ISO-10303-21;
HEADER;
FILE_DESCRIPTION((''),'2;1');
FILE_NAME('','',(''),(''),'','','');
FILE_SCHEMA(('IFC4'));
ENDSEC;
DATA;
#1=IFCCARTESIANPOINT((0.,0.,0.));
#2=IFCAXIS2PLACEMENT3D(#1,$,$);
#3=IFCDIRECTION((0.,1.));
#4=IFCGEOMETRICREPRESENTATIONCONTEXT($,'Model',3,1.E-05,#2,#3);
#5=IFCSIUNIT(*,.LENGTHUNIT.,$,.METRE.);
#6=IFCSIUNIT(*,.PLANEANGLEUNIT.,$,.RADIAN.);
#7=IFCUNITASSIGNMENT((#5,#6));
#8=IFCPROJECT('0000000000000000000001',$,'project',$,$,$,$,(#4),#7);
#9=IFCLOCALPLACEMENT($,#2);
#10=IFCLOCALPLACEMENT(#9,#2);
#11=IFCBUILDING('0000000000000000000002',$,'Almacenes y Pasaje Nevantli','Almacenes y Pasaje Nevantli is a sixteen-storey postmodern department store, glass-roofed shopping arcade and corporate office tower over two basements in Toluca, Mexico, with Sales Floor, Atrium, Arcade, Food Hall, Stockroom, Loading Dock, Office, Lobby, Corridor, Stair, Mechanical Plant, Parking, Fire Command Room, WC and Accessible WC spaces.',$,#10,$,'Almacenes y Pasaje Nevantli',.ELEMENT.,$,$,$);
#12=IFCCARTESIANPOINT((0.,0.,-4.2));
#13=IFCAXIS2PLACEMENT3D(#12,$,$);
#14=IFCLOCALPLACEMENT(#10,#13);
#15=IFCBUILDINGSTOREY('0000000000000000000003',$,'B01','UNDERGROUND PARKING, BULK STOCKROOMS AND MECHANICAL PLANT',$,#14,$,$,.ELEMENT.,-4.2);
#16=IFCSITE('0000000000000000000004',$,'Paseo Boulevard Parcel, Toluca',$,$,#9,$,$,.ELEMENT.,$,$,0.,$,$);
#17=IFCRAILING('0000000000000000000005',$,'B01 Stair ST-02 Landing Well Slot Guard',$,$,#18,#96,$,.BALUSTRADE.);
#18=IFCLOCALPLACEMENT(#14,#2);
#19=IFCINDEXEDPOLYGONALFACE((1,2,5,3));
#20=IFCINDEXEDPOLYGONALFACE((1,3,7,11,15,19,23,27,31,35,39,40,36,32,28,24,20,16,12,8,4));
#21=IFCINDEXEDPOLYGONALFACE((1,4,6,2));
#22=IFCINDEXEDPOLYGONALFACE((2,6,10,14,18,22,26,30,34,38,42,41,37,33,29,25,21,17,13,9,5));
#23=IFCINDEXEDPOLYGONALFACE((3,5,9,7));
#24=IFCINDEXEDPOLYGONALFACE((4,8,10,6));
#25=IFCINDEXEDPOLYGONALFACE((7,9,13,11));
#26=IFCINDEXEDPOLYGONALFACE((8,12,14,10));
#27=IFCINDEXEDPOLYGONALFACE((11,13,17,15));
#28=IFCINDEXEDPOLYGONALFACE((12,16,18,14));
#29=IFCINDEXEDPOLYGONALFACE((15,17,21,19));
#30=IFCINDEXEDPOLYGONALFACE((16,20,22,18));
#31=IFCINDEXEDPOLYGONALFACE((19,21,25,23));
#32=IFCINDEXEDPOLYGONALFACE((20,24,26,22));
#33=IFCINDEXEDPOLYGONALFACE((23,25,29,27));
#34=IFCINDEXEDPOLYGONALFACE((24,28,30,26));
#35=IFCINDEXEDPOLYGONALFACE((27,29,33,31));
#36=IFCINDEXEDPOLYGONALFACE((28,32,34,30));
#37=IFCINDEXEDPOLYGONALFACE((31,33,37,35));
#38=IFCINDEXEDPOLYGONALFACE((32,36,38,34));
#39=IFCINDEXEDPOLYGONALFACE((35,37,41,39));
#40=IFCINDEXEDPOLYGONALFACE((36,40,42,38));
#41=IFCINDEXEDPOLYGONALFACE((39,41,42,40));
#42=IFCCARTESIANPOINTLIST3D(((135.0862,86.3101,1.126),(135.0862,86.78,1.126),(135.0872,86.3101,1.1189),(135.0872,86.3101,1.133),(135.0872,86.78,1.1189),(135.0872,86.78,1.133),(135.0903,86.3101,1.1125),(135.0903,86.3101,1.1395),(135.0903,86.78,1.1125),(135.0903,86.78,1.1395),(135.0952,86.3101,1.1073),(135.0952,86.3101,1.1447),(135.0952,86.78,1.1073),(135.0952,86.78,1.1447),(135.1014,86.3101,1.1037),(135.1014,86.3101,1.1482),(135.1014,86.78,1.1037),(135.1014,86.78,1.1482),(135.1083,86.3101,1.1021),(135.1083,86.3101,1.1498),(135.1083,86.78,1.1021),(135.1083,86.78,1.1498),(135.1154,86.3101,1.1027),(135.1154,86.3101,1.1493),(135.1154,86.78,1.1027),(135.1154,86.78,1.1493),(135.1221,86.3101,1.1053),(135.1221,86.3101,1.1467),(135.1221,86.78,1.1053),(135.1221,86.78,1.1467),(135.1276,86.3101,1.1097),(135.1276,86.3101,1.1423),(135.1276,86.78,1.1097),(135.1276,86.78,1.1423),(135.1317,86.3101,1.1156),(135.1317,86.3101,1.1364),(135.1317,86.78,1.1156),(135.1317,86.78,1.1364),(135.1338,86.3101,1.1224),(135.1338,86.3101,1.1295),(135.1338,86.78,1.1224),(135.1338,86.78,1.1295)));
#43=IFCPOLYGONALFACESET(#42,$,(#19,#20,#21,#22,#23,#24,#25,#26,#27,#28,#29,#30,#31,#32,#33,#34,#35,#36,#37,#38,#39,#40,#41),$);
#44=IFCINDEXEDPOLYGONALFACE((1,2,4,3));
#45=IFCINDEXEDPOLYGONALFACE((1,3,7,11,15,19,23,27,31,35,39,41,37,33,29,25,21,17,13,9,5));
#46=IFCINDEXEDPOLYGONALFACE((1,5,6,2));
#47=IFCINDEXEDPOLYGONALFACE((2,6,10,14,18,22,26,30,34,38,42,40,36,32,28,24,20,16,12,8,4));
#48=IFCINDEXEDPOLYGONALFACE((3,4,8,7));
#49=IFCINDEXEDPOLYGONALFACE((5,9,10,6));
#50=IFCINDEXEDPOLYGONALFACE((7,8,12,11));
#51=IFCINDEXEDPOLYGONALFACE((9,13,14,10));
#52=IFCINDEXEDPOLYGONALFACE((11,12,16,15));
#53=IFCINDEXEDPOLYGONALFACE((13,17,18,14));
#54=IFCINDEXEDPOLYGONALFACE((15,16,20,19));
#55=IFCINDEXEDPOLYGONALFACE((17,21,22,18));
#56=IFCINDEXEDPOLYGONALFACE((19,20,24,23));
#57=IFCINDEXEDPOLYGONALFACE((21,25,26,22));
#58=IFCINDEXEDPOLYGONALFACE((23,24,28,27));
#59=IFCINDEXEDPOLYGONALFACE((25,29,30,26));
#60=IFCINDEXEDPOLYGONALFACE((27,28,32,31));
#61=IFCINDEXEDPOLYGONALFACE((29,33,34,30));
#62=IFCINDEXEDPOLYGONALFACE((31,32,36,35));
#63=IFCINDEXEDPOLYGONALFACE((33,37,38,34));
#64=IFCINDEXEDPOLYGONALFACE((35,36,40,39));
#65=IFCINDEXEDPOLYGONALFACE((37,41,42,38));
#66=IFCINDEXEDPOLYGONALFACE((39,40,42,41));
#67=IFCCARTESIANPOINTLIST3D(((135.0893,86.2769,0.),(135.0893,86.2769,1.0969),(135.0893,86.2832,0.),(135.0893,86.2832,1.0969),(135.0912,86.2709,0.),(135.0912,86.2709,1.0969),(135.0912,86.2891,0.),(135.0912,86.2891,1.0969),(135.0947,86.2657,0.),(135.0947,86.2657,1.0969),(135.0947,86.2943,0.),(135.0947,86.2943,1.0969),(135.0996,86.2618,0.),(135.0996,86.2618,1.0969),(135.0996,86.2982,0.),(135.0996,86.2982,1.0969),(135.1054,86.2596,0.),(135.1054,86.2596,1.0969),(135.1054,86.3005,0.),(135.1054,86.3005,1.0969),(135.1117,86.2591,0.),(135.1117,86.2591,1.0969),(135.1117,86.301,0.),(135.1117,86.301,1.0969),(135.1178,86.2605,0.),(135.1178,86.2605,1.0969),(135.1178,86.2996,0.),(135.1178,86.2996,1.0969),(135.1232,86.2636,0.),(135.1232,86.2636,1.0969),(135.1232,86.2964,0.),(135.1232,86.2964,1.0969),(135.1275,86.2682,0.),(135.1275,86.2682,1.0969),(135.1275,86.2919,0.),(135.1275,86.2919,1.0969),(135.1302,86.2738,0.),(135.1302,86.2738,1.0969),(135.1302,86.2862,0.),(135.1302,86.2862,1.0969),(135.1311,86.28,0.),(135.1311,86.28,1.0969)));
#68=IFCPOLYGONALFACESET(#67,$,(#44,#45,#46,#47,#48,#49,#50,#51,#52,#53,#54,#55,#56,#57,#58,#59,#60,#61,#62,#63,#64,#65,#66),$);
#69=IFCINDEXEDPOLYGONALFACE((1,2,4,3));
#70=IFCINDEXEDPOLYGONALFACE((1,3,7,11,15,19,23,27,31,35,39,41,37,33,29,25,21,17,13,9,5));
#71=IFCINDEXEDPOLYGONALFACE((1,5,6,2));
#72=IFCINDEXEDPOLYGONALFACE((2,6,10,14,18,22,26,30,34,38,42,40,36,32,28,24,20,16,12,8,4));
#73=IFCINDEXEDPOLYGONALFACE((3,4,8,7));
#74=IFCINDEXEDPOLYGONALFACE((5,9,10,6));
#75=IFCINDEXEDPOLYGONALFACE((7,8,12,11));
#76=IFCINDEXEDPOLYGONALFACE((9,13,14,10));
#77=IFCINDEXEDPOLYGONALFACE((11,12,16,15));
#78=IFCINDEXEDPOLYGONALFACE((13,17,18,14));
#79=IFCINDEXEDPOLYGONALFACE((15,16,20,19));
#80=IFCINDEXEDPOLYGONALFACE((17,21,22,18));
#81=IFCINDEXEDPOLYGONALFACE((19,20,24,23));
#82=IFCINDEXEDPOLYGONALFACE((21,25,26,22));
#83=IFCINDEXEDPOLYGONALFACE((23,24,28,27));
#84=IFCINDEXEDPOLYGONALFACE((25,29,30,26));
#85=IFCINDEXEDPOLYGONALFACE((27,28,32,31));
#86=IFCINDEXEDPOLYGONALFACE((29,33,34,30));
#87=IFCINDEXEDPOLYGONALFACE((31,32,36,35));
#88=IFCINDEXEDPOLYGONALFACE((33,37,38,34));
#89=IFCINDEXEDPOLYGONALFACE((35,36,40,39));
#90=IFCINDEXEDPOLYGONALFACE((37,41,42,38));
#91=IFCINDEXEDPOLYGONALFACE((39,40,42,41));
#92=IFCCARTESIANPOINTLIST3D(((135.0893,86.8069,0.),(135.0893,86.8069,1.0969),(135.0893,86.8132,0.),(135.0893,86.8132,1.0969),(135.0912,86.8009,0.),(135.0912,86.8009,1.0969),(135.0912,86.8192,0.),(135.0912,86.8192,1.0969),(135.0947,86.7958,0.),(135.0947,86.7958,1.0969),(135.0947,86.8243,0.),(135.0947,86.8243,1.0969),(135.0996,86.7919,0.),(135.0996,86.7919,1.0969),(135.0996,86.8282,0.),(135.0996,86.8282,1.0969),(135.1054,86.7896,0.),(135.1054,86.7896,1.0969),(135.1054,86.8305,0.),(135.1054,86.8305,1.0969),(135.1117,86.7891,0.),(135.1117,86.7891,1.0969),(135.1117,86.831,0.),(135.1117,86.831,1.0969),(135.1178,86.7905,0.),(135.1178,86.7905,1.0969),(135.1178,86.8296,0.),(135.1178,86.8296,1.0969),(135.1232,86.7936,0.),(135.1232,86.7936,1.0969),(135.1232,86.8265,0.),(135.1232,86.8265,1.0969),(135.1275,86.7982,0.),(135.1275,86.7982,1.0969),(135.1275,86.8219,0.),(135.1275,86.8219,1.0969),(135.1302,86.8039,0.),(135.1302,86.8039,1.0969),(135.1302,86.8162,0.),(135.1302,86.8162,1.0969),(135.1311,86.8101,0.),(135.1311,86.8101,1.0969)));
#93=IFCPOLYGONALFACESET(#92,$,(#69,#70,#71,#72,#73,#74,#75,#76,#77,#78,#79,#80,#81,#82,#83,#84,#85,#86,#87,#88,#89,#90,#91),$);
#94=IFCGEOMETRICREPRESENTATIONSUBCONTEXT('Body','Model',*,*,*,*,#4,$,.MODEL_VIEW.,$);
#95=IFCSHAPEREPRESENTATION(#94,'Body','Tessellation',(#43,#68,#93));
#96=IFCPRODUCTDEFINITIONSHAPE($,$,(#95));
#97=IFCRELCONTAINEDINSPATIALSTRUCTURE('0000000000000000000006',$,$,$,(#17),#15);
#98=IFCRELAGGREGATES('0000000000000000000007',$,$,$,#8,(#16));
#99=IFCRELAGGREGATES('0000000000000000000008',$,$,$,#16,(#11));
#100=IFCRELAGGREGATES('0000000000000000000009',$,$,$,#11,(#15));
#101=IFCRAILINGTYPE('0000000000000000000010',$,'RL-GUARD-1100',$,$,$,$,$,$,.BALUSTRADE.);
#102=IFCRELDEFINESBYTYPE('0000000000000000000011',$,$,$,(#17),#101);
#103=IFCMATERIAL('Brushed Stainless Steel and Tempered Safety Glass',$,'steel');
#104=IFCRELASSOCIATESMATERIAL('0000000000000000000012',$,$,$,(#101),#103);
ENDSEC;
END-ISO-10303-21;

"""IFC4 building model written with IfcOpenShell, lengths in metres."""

from ifc_helpers import new_model, si_unit, direction, frame, origin, origin_2d, place, context, subcontext, project, spatial, circle, extrude, material, type_object, element, save


model = new_model("IFC4")

# Units and contexts
model_context = context("Model", 3, precision=1e-05, world=origin(), true_north=direction((0.0, 1.0)))
body_context = subcontext(model_context, "Body", "Model", "MODEL_VIEW")
ifc_project = project(units=[si_unit("LENGTHUNIT", "METRE"), si_unit("PLANEANGLEUNIT", "RADIAN")], contexts=[model_context])

# Site, building, storey
site_placement = place(None, origin())
site = spatial("IfcSite", under=ifc_project, at=site_placement, Name="Paseo Boulevard Parcel, Toluca", CompositionType="ELEMENT", RefElevation=0.0)
building_placement = place(site_placement, origin())
building = spatial("IfcBuilding", under=site, at=building_placement, Name="Almacenes y Pasaje Nevantli", Description="Almacenes y Pasaje Nevantli is a sixteen-storey postmodern department store, glass-roofed shopping arcade and corporate office tower over two basements in Toluca, Mexico, with Sales Floor, Atrium, Arcade, Food Hall, Stockroom, Loading Dock, Office, Lobby, Corridor, Stair, Mechanical Plant, Parking, Fire Command Room, WC and Accessible WC spaces.", LongName="Almacenes y Pasaje Nevantli", CompositionType="ELEMENT")
storey_placement = place(building_placement, frame((0.0, 0.0, -4.2)))
storey = spatial("IfcBuildingStorey", under=building, at=storey_placement, Name="B01", Description="UNDERGROUND PARKING, BULK STOCKROOMS AND MECHANICAL PLANT", CompositionType="ELEMENT", Elevation=-4.2)

# Railing
ifc_material_1 = material(Name="Brushed Stainless Steel and Tempered Safety Glass", Category="steel")
railing_type_1 = type_object("IfcRailingType", Name="RL-GUARD-1100", PredefinedType="BALUSTRADE", material=ifc_material_1)
railing_1_placement = place(storey_placement, frame((135.1101, 86.28, 0.0)))
element("IfcRailing", 1, at=railing_1_placement, inside=storey, type_object=railing_type_1, Name="B01 Stair ST-02 Landing Well Slot Guard", PredefinedType="BALUSTRADE", context=body_context, shape_type="SweptSolid", body=[
    extrude(circle(Radius=0.0239, at=origin_2d()), frame((0.0, 0.03, 1.126), z_axis=(0.0, 1.0, 0.0), x_axis=(-1.0, 0.0, 0.0)), (0.0, 0.0, 1.0), 0.47),
    extrude(circle(Radius=0.021, at=origin_2d()), origin(), (0.0, 0.0, 1.0), 1.0969),
    extrude(circle(Radius=0.021, at=origin_2d()), frame((0.0, 0.53, 0.0)), (0.0, 0.0, 1.0), 1.0969),
])

save(model, "model.ifc")
